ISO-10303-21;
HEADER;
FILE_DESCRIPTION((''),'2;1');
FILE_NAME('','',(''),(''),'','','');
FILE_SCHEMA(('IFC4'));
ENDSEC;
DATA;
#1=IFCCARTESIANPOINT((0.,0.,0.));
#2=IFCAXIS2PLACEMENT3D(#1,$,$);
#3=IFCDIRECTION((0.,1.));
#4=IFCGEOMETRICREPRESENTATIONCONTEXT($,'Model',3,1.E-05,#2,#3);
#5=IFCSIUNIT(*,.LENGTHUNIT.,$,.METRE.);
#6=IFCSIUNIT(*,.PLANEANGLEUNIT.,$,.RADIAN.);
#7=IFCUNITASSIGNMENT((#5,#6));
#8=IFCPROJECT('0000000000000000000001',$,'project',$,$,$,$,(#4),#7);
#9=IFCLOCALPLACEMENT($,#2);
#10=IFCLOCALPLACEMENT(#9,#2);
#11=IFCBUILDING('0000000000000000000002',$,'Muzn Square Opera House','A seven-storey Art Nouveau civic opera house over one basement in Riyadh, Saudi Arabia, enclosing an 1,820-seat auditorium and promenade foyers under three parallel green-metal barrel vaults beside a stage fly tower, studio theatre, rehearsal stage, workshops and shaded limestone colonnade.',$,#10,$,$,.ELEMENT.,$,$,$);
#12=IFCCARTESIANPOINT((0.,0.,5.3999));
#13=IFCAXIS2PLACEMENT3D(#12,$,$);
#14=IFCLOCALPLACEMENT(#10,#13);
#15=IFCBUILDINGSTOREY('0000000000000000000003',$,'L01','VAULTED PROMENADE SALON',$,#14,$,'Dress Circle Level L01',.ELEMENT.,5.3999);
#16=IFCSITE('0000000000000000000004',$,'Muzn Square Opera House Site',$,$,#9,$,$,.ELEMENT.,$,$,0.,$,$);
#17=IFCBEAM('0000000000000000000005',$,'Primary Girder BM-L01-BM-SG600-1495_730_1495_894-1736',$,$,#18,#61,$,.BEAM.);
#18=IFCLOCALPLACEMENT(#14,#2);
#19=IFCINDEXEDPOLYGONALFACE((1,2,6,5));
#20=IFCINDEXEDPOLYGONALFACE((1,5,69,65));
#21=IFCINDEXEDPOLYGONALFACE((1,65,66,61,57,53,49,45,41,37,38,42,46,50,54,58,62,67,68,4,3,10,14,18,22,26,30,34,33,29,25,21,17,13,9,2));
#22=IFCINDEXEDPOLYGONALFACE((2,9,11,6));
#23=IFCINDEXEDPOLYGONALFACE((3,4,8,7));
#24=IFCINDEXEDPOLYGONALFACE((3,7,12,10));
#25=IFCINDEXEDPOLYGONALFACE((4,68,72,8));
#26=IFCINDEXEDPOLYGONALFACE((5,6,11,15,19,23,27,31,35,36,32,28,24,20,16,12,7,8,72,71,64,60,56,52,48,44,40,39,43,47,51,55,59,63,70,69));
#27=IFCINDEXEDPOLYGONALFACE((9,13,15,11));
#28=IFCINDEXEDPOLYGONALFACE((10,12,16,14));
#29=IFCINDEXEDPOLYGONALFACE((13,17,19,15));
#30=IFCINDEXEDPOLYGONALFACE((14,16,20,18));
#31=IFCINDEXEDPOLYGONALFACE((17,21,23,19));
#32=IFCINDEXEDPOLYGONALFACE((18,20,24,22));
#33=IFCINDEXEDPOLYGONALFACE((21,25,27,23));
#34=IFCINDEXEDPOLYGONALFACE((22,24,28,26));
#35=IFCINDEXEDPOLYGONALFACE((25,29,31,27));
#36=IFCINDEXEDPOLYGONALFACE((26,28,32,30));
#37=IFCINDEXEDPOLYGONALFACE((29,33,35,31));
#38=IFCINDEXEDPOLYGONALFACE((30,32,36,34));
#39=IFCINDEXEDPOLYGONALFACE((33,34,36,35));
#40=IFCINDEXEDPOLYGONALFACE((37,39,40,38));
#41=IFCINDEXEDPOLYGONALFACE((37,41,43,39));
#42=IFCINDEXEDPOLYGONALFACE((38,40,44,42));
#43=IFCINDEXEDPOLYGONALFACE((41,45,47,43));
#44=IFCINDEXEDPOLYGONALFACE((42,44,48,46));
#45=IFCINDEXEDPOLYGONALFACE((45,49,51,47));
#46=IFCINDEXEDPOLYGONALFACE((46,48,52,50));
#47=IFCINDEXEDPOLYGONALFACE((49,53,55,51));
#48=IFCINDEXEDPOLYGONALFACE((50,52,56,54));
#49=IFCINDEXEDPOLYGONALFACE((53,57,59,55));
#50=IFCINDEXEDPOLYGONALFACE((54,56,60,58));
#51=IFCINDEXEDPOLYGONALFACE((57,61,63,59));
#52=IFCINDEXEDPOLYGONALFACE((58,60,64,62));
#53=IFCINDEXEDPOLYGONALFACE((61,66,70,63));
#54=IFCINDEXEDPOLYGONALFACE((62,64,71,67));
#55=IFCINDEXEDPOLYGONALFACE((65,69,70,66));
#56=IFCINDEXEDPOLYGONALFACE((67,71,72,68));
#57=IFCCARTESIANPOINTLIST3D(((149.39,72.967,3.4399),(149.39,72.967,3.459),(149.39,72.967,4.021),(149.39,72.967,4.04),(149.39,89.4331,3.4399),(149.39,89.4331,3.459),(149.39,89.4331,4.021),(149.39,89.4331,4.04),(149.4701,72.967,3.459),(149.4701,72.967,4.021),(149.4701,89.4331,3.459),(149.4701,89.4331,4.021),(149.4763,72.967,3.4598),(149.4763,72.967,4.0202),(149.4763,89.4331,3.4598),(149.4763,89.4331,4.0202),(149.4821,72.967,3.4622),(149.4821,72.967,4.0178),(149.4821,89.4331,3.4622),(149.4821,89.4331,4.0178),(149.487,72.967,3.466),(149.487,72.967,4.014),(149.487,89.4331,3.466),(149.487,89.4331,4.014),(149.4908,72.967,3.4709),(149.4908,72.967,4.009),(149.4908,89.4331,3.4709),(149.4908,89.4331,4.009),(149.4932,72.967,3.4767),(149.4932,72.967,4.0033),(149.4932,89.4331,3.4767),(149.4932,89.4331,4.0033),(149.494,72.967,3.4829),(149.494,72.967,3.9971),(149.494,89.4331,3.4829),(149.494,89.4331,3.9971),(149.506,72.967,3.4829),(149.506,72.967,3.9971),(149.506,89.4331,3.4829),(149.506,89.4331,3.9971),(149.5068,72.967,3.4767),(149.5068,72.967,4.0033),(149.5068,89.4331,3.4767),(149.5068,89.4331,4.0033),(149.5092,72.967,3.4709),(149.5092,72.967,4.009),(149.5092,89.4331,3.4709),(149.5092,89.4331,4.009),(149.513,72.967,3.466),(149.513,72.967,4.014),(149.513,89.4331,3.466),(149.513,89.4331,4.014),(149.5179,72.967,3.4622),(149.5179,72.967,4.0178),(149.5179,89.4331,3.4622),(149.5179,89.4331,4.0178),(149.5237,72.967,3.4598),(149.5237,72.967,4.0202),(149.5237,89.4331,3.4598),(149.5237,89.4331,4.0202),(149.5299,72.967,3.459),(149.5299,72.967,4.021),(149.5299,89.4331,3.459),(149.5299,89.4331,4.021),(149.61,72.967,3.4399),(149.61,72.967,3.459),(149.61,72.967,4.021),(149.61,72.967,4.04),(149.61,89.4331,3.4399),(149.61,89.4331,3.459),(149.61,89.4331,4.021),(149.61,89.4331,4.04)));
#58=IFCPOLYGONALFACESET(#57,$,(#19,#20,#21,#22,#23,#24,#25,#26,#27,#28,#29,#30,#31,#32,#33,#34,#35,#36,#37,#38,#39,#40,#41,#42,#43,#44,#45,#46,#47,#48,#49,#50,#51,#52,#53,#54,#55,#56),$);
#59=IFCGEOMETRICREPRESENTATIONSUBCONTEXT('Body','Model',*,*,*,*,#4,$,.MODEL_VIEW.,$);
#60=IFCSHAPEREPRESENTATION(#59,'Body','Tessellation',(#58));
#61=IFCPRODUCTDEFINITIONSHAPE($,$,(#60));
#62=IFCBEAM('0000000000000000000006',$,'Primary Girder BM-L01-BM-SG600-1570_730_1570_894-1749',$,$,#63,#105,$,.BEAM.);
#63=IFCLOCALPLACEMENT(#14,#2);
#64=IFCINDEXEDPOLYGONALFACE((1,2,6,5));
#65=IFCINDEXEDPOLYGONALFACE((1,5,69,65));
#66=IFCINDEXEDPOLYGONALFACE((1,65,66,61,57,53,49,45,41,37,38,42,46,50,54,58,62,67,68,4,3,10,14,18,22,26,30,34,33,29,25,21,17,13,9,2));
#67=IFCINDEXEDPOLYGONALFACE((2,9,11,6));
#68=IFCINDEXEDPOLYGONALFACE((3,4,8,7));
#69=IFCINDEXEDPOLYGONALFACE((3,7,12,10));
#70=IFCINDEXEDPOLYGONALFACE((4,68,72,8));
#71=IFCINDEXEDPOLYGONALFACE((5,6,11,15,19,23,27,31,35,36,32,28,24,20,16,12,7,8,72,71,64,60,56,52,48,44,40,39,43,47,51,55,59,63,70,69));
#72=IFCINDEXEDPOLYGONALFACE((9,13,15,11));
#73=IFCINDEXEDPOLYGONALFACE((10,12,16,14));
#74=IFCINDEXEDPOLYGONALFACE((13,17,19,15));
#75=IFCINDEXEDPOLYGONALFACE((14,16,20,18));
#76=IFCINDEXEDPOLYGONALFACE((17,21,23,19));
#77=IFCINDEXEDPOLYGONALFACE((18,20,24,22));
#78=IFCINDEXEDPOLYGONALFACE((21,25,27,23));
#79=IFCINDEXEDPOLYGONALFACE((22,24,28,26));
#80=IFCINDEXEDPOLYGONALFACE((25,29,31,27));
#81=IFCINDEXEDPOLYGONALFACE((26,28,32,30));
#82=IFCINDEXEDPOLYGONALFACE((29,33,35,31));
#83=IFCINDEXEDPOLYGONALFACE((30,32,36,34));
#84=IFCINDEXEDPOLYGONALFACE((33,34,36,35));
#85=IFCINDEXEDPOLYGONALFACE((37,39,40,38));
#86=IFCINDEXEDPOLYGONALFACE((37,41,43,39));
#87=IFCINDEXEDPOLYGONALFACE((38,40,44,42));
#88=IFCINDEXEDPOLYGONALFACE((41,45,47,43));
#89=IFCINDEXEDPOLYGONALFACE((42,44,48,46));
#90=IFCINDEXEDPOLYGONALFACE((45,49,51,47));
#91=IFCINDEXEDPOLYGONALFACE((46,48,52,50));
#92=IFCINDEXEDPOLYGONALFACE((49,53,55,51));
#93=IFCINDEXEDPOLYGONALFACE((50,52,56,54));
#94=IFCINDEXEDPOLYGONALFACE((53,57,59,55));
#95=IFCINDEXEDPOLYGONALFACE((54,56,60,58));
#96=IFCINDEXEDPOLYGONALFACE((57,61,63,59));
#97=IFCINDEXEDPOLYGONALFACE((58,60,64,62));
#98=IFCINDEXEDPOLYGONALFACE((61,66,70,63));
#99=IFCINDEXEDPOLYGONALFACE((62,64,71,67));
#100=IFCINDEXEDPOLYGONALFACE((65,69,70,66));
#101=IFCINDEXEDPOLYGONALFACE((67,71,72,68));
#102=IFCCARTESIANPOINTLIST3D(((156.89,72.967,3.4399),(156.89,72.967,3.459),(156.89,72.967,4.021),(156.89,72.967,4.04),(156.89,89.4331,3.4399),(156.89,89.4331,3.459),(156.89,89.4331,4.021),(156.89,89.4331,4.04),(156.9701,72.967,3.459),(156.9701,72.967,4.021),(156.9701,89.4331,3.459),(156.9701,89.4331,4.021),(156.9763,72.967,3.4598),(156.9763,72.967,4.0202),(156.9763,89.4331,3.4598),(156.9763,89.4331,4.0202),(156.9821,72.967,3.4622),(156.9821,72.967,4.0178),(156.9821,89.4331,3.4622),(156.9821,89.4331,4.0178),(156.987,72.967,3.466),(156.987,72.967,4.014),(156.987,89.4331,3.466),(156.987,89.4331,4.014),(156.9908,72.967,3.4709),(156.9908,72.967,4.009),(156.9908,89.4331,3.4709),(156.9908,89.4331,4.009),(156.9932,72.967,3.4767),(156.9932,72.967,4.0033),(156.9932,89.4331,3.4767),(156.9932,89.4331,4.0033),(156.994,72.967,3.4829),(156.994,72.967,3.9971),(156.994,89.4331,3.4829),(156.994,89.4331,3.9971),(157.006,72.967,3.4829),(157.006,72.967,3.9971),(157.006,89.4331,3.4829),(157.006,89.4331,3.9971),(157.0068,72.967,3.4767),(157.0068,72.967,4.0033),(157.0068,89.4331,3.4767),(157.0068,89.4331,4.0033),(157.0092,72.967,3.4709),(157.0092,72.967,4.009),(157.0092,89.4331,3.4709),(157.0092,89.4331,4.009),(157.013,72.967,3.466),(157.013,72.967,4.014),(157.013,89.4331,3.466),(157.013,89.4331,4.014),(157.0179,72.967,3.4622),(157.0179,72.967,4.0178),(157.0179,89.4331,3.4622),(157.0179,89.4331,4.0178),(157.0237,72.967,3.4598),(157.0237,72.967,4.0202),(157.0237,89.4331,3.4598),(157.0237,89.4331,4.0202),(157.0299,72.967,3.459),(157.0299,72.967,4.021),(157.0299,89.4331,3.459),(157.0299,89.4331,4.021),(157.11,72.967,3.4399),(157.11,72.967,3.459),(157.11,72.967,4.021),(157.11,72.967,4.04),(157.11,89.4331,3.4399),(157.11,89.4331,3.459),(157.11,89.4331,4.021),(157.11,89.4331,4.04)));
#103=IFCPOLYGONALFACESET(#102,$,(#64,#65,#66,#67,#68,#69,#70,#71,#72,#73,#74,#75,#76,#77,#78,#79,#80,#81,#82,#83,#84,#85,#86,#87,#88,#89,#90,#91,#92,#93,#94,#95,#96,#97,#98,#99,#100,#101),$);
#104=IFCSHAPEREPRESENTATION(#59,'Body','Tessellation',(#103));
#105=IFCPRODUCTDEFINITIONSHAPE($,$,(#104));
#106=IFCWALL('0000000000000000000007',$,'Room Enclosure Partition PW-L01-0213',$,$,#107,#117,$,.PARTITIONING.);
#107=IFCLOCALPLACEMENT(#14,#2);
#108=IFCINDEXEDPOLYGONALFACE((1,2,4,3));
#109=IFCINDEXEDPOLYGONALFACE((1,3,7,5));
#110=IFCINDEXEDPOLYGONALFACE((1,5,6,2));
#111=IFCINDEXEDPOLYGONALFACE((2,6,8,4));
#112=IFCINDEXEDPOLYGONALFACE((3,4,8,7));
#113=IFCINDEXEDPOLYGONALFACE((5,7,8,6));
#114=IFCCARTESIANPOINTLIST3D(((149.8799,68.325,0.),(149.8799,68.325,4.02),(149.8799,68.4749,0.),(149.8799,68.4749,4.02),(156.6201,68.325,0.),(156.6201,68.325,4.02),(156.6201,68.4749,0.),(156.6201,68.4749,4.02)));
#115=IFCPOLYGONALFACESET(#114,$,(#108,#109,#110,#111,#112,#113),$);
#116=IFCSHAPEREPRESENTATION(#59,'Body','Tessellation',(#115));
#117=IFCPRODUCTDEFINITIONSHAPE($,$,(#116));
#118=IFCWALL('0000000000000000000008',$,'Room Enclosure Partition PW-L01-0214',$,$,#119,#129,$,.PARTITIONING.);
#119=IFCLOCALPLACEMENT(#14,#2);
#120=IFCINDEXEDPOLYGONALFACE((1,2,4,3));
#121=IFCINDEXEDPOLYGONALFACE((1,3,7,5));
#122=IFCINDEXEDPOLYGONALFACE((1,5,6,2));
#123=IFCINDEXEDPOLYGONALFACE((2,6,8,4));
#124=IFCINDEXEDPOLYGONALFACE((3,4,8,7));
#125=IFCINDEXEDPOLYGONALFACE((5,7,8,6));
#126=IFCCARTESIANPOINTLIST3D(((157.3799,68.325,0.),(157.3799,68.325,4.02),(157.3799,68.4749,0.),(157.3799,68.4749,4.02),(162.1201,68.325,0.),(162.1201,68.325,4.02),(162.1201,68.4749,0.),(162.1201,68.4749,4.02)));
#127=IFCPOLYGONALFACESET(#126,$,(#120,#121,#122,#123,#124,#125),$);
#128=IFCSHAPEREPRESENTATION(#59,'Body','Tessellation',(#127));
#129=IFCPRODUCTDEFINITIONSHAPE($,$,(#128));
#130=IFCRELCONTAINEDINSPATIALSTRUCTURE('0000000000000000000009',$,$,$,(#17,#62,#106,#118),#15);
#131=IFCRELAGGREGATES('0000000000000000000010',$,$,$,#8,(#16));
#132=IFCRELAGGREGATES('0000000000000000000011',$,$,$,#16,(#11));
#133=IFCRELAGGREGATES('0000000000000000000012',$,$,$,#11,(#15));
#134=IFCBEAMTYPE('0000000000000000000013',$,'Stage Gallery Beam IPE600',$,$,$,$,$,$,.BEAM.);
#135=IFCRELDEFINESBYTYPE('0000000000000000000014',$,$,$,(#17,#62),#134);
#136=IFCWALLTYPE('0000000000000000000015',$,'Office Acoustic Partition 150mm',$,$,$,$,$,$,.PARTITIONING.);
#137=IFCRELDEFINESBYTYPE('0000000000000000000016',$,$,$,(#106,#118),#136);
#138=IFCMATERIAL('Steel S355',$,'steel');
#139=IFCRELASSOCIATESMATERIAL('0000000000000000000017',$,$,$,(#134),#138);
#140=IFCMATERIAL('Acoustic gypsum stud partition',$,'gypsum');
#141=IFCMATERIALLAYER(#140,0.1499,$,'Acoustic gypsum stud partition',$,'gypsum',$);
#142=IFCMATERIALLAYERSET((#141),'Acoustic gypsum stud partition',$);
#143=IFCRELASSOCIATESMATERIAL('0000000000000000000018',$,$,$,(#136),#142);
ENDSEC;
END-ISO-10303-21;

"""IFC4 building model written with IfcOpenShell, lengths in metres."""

from ifc_helpers import new_model, si_unit, direction, frame, frame_2d, origin, origin_2d, place, context, subcontext, project, spatial, rectangle, i_section, extrude, material, layer, layer_set, material_profile, profile_set, type_object, element, save


model = new_model("IFC4")

# Units and contexts
model_context = context("Model", 3, precision=1e-05, world=origin(), true_north=direction((0.0, 1.0)))
body_context = subcontext(model_context, "Body", "Model", "MODEL_VIEW")
ifc_project = project(units=[si_unit("LENGTHUNIT", "METRE"), si_unit("PLANEANGLEUNIT", "RADIAN")], contexts=[model_context])

# Site, building, storey
site_placement = place(None, origin())
site = spatial("IfcSite", under=ifc_project, at=site_placement, Name="Muzn Square Opera House Site", CompositionType="ELEMENT", RefElevation=0.0)
building_placement = place(site_placement, origin())
building = spatial("IfcBuilding", under=site, at=building_placement, Name="Muzn Square Opera House", Description="A seven-storey Art Nouveau civic opera house over one basement in Riyadh, Saudi Arabia, enclosing an 1,820-seat auditorium and promenade foyers under three parallel green-metal barrel vaults beside a stage fly tower, studio theatre, rehearsal stage, workshops and shaded limestone colonnade.", CompositionType="ELEMENT")
storey_placement = place(building_placement, frame((0.0, 0.0, 5.3999)))
storey = spatial("IfcBuildingStorey", under=building, at=storey_placement, Name="L01", Description="VAULTED PROMENADE SALON", LongName="Dress Circle Level L01", CompositionType="ELEMENT", Elevation=5.3999)

# Beams
ifc_material_1 = material(Name="Steel S355", Category="steel")
ifc_material_profile_1 = material_profile(ifc_material_1, i_section(OverallWidth=0.22, OverallDepth=0.6001, WebThickness=0.012, FlangeThickness=0.019, FilletRadius=0.0239, at=origin_2d()), Name="IPE 600", Category="steel")
ifc_profile_set_1 = profile_set([ifc_material_profile_1], Name="Steel S355")
beam_type_1 = type_object("IfcBeamType", Name="Stage Gallery Beam IPE600", PredefinedType="BEAM", material=ifc_profile_set_1)
for number, where, z_axis, x_axis, name in (
    (1, (149.5, 72.967, 3.74), (0.0, 1.0, 0.0), (-1.0, 0.0, 0.0), "Primary Girder BM-L01-BM-SG600-1495_730_1495_894-1736"),
    (2, (157.0, 72.967, 3.74), (0.0, 1.0, 0.0), (-1.0, 0.0, 0.0), "Primary Girder BM-L01-BM-SG600-1570_730_1570_894-1749"),
):
    element("IfcBeam", number, at=place(storey_placement, frame(where, z_axis=z_axis, x_axis=x_axis)), inside=storey, type_object=beam_type_1, Name=name, PredefinedType="BEAM", context=body_context, shape_type="SweptSolid", body=[
        extrude(i_section(OverallWidth=0.22, OverallDepth=0.6001, WebThickness=0.012, FlangeThickness=0.019, FilletRadius=0.0239, at=origin_2d()), origin(), (0.0, 0.0, 1.0), 16.4661),
    ])

# Walls
ifc_material_2 = material(Name="Acoustic gypsum stud partition", Category="gypsum")
ifc_layer = layer(ifc_material_2, 0.1499, Name="Acoustic gypsum stud partition", Category="gypsum")
ifc_layer_set = layer_set([ifc_layer], Name="Acoustic gypsum stud partition")
wall_type = type_object("IfcWallType", Name="Office Acoustic Partition 150mm", PredefinedType="PARTITIONING", material=ifc_layer_set)
wall_1_placement = place(storey_placement, frame((149.8799, 68.3999, 0.0), z_axis=(0.0, 0.0, 1.0), x_axis=(1.0, 0.0, 0.0)))
element("IfcWall", 3, at=wall_1_placement, inside=storey, type_object=wall_type, Name="Room Enclosure Partition PW-L01-0213", PredefinedType="PARTITIONING", context=body_context, shape_type="SweptSolid", body=[
    extrude(rectangle(XDim=6.7402, YDim=0.1499, at=frame_2d((3.3701, 0.0))), origin(), (0.0, 0.0, 1.0), 4.02),
])
wall_2_placement = place(storey_placement, frame((157.3799, 68.3999, 0.0), z_axis=(0.0, 0.0, 1.0), x_axis=(1.0, 0.0, 0.0)))
element("IfcWall", 4, at=wall_2_placement, inside=storey, type_object=wall_type, Name="Room Enclosure Partition PW-L01-0214", PredefinedType="PARTITIONING", context=body_context, shape_type="SweptSolid", body=[
    extrude(rectangle(XDim=4.7402, YDim=0.1499, at=frame_2d((2.3701, 0.0))), origin(), (0.0, 0.0, 1.0), 4.02),
])

save(model, "model.ifc")
